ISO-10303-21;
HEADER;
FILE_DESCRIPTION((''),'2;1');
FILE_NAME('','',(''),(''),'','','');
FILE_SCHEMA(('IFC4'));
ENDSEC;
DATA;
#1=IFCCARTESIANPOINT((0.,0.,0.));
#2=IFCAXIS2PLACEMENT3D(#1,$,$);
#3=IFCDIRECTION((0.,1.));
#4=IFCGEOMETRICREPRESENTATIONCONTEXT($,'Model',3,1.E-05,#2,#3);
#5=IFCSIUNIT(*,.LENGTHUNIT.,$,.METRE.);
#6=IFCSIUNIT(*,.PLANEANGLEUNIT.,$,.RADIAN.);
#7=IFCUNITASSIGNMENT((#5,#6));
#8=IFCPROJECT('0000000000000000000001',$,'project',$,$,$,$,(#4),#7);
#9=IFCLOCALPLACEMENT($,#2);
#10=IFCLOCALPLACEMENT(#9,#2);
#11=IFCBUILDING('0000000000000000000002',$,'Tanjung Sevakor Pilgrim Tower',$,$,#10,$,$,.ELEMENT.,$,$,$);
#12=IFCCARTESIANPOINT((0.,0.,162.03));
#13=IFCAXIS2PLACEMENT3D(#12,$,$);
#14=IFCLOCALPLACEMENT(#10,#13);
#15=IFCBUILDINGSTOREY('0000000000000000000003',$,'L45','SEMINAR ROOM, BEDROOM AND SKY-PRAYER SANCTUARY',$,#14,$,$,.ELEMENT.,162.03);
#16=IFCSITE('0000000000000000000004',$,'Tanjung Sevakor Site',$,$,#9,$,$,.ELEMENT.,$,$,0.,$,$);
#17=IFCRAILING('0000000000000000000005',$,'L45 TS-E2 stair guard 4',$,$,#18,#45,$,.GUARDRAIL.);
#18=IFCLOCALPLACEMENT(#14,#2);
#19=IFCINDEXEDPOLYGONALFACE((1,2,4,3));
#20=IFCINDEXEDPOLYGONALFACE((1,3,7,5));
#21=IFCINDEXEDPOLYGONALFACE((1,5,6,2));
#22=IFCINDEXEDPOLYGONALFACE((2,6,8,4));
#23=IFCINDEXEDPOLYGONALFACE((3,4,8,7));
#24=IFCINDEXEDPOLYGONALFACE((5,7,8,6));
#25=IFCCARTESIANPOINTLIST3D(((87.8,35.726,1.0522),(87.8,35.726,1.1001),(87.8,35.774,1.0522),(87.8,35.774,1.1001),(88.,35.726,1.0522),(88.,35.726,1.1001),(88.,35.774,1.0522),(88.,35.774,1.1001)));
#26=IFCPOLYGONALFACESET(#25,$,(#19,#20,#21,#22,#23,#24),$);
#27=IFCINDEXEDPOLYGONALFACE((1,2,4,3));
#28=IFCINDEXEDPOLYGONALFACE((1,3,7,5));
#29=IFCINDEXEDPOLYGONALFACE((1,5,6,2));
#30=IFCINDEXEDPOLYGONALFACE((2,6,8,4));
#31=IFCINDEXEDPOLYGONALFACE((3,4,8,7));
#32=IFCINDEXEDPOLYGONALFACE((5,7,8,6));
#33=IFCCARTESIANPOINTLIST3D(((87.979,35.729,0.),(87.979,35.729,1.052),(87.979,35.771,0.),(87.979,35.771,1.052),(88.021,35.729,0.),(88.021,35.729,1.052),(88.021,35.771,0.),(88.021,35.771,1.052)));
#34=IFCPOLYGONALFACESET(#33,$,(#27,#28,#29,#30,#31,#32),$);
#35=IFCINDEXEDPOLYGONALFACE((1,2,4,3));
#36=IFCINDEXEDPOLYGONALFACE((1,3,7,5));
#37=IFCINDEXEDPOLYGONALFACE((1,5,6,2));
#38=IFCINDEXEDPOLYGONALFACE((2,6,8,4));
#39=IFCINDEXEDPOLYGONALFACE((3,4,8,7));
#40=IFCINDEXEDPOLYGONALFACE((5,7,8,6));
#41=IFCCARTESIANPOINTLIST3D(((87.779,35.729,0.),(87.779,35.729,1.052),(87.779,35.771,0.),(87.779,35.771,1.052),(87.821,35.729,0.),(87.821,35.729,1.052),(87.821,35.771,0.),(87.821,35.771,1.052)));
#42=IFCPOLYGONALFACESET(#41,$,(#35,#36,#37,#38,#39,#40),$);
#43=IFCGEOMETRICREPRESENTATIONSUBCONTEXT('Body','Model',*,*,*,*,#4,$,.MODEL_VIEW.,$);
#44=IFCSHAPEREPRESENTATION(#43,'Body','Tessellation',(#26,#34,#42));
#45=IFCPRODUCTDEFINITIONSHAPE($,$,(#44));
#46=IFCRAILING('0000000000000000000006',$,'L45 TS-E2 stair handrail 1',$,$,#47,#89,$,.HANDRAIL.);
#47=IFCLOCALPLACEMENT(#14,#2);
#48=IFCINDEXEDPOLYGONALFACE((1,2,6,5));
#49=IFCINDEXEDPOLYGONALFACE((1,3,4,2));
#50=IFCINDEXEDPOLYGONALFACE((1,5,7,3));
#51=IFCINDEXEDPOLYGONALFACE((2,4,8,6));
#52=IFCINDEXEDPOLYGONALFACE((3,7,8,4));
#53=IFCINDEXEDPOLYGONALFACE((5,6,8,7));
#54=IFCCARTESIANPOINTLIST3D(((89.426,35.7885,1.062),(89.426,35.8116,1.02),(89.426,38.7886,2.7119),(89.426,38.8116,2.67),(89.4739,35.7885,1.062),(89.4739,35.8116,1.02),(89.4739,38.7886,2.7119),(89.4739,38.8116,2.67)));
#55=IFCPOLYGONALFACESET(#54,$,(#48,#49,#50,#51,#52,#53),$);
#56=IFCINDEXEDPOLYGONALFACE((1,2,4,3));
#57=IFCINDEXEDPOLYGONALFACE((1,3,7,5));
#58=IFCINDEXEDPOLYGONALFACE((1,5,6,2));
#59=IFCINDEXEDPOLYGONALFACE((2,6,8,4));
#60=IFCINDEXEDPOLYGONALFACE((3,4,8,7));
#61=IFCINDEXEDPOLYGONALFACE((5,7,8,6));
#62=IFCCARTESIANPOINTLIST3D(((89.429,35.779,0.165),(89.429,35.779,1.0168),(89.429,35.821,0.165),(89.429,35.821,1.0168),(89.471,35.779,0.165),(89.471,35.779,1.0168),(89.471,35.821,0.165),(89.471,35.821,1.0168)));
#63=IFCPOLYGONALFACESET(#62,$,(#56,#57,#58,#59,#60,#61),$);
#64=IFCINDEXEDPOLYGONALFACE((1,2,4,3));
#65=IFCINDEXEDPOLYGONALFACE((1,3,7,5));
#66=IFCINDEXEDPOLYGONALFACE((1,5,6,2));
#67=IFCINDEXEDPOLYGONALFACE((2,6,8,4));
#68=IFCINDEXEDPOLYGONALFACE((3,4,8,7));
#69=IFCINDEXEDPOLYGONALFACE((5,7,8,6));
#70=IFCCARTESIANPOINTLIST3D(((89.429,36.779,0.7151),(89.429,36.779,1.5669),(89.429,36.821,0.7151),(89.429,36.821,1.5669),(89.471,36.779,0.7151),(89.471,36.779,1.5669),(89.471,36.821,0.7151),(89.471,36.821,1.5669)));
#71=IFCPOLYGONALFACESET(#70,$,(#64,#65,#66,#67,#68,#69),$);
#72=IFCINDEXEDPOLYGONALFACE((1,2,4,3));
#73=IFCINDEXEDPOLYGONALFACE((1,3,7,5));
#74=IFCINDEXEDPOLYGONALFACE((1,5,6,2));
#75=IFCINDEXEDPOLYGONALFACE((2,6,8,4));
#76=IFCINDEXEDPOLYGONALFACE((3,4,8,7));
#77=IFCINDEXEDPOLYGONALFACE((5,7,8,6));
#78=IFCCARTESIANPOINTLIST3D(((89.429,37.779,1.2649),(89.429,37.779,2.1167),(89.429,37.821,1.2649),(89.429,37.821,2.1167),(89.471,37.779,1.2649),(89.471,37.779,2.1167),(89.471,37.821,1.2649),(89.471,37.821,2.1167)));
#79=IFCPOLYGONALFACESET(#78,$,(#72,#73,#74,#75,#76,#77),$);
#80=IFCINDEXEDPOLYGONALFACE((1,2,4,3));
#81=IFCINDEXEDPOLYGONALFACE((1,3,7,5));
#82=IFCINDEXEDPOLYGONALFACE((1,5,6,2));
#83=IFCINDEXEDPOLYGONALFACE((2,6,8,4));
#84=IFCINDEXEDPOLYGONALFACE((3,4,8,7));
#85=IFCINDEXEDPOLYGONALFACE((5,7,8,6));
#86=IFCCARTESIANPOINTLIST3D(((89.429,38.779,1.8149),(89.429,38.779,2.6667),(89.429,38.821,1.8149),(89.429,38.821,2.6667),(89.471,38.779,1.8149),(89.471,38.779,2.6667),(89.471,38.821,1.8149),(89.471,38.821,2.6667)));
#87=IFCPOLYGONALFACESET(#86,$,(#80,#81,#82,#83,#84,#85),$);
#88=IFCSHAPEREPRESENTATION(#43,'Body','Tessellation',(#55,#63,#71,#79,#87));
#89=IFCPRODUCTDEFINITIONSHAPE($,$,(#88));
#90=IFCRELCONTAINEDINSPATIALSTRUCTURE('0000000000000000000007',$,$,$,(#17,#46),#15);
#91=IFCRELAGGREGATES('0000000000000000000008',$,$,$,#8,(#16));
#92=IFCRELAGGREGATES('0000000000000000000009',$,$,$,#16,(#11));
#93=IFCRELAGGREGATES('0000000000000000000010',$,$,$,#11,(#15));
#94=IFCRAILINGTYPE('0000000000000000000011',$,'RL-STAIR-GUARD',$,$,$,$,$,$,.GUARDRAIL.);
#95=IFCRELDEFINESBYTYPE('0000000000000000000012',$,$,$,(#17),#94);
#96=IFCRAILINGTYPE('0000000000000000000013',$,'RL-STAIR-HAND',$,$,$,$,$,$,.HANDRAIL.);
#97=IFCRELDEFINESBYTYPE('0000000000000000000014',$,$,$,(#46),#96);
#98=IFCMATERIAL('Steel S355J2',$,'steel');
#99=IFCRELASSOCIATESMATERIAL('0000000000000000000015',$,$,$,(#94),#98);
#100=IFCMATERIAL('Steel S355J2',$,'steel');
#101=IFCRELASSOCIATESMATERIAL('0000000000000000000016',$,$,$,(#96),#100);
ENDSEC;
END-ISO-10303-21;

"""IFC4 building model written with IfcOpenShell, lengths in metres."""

from ifc_helpers import new_model, si_unit, direction, frame, origin, place, context, subcontext, project, spatial, rectangle, extrude, material, type_object, element, save


model = new_model("IFC4")

# Units and contexts
model_context = context("Model", 3, precision=1e-05, world=origin(), true_north=direction((0.0, 1.0)))
body_context = subcontext(model_context, "Body", "Model", "MODEL_VIEW")
ifc_project = project(units=[si_unit("LENGTHUNIT", "METRE"), si_unit("PLANEANGLEUNIT", "RADIAN")], contexts=[model_context])

# Site, building, storey
site_placement = place(None, origin())
site = spatial("IfcSite", under=ifc_project, at=site_placement, Name="Tanjung Sevakor Site", CompositionType="ELEMENT", RefElevation=0.0)
building_placement = place(site_placement, origin())
building = spatial("IfcBuilding", under=site, at=building_placement, Name="Tanjung Sevakor Pilgrim Tower", CompositionType="ELEMENT")
storey_placement = place(building_placement, frame((0.0, 0.0, 162.03)))
storey = spatial("IfcBuildingStorey", under=building, at=storey_placement, Name="L45", Description="SEMINAR ROOM, BEDROOM AND SKY-PRAYER SANCTUARY", CompositionType="ELEMENT", Elevation=162.03)

# Railings
ifc_material_1 = material(Name="Steel S355J2", Category="steel")
railing_type_1 = type_object("IfcRailingType", Name="RL-STAIR-GUARD", PredefinedType="GUARDRAIL", material=ifc_material_1)
railing_1_placement = place(storey_placement, frame((88.0, 35.75, 0.0)))
element("IfcRailing", 1, at=railing_1_placement, inside=storey, type_object=railing_type_1, Name="L45 TS-E2 stair guard 4", PredefinedType="GUARDRAIL", context=body_context, shape_type="SweptSolid", body=[
    extrude(rectangle(XDim=0.0479, YDim=0.0479), frame((0.0, 0.0, 1.0762), z_axis=(-1.0, 0.0, 0.0), x_axis=(0.0, -1.0, 0.0)), (0.0, 0.0, 1.0), 0.2),
    extrude(rectangle(XDim=0.042, YDim=0.042), origin(), (0.0, 0.0, 1.0), 1.052),
    extrude(rectangle(XDim=0.042, YDim=0.042), frame((-0.2, 0.0, 0.0)), (0.0, 0.0, 1.0), 1.052),
])
ifc_material_2 = material(Name="Steel S355J2", Category="steel")
railing_type_2 = type_object("IfcRailingType", Name="RL-STAIR-HAND", PredefinedType="HANDRAIL", material=ifc_material_2)
railing_2_placement = place(storey_placement, frame((89.45, 35.8, 0.165)))
element("IfcRailing", 2, at=railing_2_placement, inside=storey, type_object=railing_type_2, Name="L45 TS-E2 stair handrail 1", PredefinedType="HANDRAIL", context=body_context, shape_type="SweptSolid", body=[
    extrude(rectangle(XDim=0.0479, YDim=0.0479), frame((0.0, 0.0, 0.876), z_axis=(0.0, 0.876228, 0.481897), x_axis=(-1.0, 0.0, 0.0)), (0.0, 0.0, 1.0), 3.4238),
    extrude(rectangle(XDim=0.042, YDim=0.042), origin(), (0.0, 0.0, 1.0), 0.8518),
    extrude(rectangle(XDim=0.042, YDim=0.042), frame((0.0, 1.0, 0.55)), (0.0, 0.0, 1.0), 0.8518),
    extrude(rectangle(XDim=0.042, YDim=0.042), frame((0.0, 2.0, 1.0999)), (0.0, 0.0, 1.0), 0.8518),
    extrude(rectangle(XDim=0.042, YDim=0.042), frame((0.0, 3.0, 1.6499)), (0.0, 0.0, 1.0), 0.8518),
])

save(model, "model.ifc")
